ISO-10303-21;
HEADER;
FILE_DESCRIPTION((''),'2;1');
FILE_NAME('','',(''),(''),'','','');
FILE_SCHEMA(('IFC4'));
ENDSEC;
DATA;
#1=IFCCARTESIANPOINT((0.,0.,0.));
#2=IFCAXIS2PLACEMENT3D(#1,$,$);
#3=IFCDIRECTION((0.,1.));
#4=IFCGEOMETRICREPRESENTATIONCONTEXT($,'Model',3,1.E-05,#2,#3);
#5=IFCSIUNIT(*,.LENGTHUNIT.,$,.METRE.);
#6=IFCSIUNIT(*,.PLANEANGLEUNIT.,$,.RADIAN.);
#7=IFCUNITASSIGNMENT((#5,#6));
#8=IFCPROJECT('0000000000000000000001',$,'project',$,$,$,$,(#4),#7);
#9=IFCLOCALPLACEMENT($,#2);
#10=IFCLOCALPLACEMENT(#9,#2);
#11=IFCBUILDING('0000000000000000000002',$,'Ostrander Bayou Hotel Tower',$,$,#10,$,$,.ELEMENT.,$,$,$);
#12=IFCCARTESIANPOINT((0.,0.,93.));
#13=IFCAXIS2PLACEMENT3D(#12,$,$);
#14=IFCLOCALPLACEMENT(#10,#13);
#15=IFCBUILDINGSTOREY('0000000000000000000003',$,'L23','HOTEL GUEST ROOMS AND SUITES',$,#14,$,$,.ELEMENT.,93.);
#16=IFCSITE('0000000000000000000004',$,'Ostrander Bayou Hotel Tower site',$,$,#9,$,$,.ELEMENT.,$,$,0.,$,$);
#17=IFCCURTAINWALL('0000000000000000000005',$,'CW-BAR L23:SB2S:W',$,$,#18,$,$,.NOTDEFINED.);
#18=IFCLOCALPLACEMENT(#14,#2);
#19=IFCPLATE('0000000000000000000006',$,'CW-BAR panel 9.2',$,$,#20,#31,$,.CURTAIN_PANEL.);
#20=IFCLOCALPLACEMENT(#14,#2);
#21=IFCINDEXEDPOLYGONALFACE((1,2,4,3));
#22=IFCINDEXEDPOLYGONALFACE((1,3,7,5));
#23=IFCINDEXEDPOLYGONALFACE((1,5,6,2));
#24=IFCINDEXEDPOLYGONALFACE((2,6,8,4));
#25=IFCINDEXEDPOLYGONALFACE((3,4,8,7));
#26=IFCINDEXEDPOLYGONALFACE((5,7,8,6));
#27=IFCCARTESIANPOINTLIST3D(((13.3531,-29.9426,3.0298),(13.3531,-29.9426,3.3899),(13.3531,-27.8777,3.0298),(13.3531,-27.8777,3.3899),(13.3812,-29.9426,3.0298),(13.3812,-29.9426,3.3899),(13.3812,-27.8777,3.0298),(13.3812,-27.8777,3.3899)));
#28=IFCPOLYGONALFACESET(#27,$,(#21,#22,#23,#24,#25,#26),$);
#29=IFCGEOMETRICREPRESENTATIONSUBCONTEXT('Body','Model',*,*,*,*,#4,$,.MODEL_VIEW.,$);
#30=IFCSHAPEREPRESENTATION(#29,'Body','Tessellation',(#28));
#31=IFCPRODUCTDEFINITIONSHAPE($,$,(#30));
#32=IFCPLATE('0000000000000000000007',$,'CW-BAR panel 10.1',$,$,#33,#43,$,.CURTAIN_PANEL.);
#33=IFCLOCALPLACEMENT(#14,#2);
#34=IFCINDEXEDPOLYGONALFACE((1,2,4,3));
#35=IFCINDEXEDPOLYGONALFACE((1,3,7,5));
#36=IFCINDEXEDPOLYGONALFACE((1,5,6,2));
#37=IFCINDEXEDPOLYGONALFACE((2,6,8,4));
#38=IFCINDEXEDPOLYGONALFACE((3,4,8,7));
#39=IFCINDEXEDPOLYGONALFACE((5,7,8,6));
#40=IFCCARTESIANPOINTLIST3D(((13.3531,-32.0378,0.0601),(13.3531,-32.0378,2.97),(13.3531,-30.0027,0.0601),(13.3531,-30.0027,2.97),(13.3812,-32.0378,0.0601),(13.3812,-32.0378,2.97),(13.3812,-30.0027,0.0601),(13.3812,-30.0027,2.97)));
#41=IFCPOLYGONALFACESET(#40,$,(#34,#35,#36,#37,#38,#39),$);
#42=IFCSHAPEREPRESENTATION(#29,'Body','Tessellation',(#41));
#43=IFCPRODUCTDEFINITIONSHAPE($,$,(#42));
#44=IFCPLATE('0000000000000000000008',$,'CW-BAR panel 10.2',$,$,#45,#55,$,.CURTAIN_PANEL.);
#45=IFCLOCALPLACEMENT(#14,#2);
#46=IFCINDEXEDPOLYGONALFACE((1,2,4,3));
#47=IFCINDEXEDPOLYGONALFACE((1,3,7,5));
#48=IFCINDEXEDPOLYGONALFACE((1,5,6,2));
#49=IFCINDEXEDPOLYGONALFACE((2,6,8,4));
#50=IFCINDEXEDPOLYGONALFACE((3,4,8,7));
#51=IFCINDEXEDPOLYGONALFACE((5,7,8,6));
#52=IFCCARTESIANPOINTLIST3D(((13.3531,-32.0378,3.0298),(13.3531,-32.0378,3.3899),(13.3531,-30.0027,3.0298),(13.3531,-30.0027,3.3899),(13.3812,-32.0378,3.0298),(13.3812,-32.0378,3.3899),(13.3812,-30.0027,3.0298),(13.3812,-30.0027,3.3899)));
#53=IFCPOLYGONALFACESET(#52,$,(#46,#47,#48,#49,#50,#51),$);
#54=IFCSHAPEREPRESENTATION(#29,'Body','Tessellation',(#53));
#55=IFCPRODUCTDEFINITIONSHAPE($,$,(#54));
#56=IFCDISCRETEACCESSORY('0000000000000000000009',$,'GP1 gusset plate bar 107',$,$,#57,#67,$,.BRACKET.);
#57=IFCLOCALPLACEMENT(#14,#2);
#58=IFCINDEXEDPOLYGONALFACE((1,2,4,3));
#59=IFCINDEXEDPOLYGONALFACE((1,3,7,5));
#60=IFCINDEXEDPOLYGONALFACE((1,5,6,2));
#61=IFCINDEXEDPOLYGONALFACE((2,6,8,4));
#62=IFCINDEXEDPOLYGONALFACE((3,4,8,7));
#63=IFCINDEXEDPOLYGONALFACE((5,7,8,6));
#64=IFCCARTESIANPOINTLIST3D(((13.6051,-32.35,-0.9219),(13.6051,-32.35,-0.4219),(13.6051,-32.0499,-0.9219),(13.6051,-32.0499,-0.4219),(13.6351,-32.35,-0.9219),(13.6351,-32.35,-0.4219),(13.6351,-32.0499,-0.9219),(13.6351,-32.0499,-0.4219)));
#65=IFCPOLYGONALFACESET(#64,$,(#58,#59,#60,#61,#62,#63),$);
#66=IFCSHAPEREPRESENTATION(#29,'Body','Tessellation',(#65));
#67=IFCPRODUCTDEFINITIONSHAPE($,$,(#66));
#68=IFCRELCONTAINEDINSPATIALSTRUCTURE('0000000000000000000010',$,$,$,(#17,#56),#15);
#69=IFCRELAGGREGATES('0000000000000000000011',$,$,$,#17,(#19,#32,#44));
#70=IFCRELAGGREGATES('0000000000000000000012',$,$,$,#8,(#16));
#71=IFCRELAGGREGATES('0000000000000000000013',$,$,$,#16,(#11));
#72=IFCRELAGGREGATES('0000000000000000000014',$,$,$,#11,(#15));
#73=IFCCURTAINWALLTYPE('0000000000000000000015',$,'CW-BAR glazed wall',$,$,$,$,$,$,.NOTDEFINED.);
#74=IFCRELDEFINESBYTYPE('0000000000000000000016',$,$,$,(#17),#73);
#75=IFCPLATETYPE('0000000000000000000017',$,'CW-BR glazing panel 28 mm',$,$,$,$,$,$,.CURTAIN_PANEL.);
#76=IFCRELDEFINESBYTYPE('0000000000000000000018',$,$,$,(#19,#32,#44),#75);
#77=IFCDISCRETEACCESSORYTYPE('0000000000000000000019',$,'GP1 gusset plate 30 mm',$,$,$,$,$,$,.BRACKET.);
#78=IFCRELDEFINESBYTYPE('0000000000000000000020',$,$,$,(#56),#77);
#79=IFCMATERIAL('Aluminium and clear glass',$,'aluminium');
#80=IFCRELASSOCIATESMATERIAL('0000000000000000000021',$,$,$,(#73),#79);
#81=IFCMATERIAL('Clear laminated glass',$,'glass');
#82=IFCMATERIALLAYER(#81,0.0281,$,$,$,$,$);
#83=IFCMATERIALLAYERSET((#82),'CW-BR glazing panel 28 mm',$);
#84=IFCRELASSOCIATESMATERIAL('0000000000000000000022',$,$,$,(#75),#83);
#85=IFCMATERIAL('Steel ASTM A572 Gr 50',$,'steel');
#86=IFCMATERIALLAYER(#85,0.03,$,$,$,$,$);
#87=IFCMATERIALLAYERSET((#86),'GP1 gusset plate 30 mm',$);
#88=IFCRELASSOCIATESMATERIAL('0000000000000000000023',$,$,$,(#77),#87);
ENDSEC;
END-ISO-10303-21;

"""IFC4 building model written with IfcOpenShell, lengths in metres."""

from ifc_helpers import new_model, si_unit, direction, frame, origin, origin_2d, place, context, subcontext, project, spatial, rectangle, extrude, material, layer, layer_set, type_object, element, aggregate, save


model = new_model("IFC4")

# Units and contexts
model_context = context("Model", 3, precision=1e-05, world=origin(), true_north=direction((0.0, 1.0)))
body_context = subcontext(model_context, "Body", "Model", "MODEL_VIEW")
ifc_project = project(units=[si_unit("LENGTHUNIT", "METRE"), si_unit("PLANEANGLEUNIT", "RADIAN")], contexts=[model_context])

# Site, building, storey
site_placement = place(None, origin())
site = spatial("IfcSite", under=ifc_project, at=site_placement, Name="Ostrander Bayou Hotel Tower site", CompositionType="ELEMENT", RefElevation=0.0)
building_placement = place(site_placement, origin())
building = spatial("IfcBuilding", under=site, at=building_placement, Name="Ostrander Bayou Hotel Tower", CompositionType="ELEMENT")
storey_placement = place(building_placement, frame((0.0, 0.0, 93.0)))
storey = spatial("IfcBuildingStorey", under=building, at=storey_placement, Name="L23", Description="HOTEL GUEST ROOMS AND SUITES", CompositionType="ELEMENT", Elevation=93.0)

# Shared definitions
ifc_material_1 = material(Name="Aluminium and clear glass", Category="aluminium")
curtain_wall_type = type_object("IfcCurtainWallType", Name="CW-BAR glazed wall", PredefinedType="NOTDEFINED", material=ifc_material_1)

# Curtain wall
curtain_wall_1_placement = place(storey_placement, origin())
curtain_wall_1 = element("IfcCurtainWall", 1, at=curtain_wall_1_placement, inside=storey, type_object=curtain_wall_type, Name="CW-BAR L23:SB2S:W", PredefinedType="NOTDEFINED")

# Plates
ifc_material_2 = material(Name="Clear laminated glass", Category="glass")
ifc_layer_1 = layer(ifc_material_2, 0.0281)
ifc_layer_set_1 = layer_set([ifc_layer_1], Name="CW-BR glazing panel 28 mm")
plate_type = type_object("IfcPlateType", Name="CW-BR glazing panel 28 mm", PredefinedType="CURTAIN_PANEL", material=ifc_layer_set_1)
plate_1_placement = place(storey_placement, frame((13.3672, -28.9102, 3.0298), z_axis=(0.0, 0.0, 1.0), x_axis=(0.0, -1.0, 0.0)))
plate_1 = element("IfcPlate", 2, at=plate_1_placement, type_object=plate_type, Name="CW-BAR panel 9.2", PredefinedType="CURTAIN_PANEL", context=body_context, shape_type="SweptSolid", body=[
    extrude(rectangle(XDim=2.0649, YDim=0.0281, at=origin_2d()), origin(), (0.0, 0.0, 1.0), 0.3601),
])
plate_2_placement = place(storey_placement, frame((13.3672, -31.0203, 0.0601), z_axis=(0.0, 0.0, 1.0), x_axis=(0.0, -1.0, 0.0)))
plate_2 = element("IfcPlate", 3, at=plate_2_placement, type_object=plate_type, Name="CW-BAR panel 10.1", PredefinedType="CURTAIN_PANEL", context=body_context, shape_type="SweptSolid", body=[
    extrude(rectangle(XDim=2.0352, YDim=0.0281, at=origin_2d()), origin(), (0.0, 0.0, 1.0), 2.9099),
])
plate_3_placement = place(storey_placement, frame((13.3672, -31.0203, 3.0298), z_axis=(0.0, 0.0, 1.0), x_axis=(0.0, -1.0, 0.0)))
plate_3 = element("IfcPlate", 4, at=plate_3_placement, type_object=plate_type, Name="CW-BAR panel 10.2", PredefinedType="CURTAIN_PANEL", context=body_context, shape_type="SweptSolid", body=[
    extrude(rectangle(XDim=2.0352, YDim=0.0281, at=origin_2d()), origin(), (0.0, 0.0, 1.0), 0.3601),
])
aggregate(curtain_wall_1, [plate_1, plate_2, plate_3])

# Discrete accessory
ifc_material_3 = material(Name="Steel ASTM A572 Gr 50", Category="steel")
ifc_layer_2 = layer(ifc_material_3, 0.03)
ifc_layer_set_2 = layer_set([ifc_layer_2], Name="GP1 gusset plate 30 mm")
discrete_accessory_type = type_object("IfcDiscreteAccessoryType", Name="GP1 gusset plate 30 mm", PredefinedType="BRACKET", material=ifc_layer_set_2)
discrete_accessory_placement = place(storey_placement, frame((13.6201, -32.2, -0.9219), z_axis=(0.0, 0.0, 1.0), x_axis=(0.0, 1.0, 0.0)))
element("IfcDiscreteAccessory", 5, at=discrete_accessory_placement, inside=storey, type_object=discrete_accessory_type, Name="GP1 gusset plate bar 107", PredefinedType="BRACKET", context=body_context, shape_type="SweptSolid", body=[
    extrude(rectangle(XDim=0.3, YDim=0.03, at=origin_2d()), origin(), (0.0, 0.0, 1.0), 0.5),
])

save(model, "model.ifc")
